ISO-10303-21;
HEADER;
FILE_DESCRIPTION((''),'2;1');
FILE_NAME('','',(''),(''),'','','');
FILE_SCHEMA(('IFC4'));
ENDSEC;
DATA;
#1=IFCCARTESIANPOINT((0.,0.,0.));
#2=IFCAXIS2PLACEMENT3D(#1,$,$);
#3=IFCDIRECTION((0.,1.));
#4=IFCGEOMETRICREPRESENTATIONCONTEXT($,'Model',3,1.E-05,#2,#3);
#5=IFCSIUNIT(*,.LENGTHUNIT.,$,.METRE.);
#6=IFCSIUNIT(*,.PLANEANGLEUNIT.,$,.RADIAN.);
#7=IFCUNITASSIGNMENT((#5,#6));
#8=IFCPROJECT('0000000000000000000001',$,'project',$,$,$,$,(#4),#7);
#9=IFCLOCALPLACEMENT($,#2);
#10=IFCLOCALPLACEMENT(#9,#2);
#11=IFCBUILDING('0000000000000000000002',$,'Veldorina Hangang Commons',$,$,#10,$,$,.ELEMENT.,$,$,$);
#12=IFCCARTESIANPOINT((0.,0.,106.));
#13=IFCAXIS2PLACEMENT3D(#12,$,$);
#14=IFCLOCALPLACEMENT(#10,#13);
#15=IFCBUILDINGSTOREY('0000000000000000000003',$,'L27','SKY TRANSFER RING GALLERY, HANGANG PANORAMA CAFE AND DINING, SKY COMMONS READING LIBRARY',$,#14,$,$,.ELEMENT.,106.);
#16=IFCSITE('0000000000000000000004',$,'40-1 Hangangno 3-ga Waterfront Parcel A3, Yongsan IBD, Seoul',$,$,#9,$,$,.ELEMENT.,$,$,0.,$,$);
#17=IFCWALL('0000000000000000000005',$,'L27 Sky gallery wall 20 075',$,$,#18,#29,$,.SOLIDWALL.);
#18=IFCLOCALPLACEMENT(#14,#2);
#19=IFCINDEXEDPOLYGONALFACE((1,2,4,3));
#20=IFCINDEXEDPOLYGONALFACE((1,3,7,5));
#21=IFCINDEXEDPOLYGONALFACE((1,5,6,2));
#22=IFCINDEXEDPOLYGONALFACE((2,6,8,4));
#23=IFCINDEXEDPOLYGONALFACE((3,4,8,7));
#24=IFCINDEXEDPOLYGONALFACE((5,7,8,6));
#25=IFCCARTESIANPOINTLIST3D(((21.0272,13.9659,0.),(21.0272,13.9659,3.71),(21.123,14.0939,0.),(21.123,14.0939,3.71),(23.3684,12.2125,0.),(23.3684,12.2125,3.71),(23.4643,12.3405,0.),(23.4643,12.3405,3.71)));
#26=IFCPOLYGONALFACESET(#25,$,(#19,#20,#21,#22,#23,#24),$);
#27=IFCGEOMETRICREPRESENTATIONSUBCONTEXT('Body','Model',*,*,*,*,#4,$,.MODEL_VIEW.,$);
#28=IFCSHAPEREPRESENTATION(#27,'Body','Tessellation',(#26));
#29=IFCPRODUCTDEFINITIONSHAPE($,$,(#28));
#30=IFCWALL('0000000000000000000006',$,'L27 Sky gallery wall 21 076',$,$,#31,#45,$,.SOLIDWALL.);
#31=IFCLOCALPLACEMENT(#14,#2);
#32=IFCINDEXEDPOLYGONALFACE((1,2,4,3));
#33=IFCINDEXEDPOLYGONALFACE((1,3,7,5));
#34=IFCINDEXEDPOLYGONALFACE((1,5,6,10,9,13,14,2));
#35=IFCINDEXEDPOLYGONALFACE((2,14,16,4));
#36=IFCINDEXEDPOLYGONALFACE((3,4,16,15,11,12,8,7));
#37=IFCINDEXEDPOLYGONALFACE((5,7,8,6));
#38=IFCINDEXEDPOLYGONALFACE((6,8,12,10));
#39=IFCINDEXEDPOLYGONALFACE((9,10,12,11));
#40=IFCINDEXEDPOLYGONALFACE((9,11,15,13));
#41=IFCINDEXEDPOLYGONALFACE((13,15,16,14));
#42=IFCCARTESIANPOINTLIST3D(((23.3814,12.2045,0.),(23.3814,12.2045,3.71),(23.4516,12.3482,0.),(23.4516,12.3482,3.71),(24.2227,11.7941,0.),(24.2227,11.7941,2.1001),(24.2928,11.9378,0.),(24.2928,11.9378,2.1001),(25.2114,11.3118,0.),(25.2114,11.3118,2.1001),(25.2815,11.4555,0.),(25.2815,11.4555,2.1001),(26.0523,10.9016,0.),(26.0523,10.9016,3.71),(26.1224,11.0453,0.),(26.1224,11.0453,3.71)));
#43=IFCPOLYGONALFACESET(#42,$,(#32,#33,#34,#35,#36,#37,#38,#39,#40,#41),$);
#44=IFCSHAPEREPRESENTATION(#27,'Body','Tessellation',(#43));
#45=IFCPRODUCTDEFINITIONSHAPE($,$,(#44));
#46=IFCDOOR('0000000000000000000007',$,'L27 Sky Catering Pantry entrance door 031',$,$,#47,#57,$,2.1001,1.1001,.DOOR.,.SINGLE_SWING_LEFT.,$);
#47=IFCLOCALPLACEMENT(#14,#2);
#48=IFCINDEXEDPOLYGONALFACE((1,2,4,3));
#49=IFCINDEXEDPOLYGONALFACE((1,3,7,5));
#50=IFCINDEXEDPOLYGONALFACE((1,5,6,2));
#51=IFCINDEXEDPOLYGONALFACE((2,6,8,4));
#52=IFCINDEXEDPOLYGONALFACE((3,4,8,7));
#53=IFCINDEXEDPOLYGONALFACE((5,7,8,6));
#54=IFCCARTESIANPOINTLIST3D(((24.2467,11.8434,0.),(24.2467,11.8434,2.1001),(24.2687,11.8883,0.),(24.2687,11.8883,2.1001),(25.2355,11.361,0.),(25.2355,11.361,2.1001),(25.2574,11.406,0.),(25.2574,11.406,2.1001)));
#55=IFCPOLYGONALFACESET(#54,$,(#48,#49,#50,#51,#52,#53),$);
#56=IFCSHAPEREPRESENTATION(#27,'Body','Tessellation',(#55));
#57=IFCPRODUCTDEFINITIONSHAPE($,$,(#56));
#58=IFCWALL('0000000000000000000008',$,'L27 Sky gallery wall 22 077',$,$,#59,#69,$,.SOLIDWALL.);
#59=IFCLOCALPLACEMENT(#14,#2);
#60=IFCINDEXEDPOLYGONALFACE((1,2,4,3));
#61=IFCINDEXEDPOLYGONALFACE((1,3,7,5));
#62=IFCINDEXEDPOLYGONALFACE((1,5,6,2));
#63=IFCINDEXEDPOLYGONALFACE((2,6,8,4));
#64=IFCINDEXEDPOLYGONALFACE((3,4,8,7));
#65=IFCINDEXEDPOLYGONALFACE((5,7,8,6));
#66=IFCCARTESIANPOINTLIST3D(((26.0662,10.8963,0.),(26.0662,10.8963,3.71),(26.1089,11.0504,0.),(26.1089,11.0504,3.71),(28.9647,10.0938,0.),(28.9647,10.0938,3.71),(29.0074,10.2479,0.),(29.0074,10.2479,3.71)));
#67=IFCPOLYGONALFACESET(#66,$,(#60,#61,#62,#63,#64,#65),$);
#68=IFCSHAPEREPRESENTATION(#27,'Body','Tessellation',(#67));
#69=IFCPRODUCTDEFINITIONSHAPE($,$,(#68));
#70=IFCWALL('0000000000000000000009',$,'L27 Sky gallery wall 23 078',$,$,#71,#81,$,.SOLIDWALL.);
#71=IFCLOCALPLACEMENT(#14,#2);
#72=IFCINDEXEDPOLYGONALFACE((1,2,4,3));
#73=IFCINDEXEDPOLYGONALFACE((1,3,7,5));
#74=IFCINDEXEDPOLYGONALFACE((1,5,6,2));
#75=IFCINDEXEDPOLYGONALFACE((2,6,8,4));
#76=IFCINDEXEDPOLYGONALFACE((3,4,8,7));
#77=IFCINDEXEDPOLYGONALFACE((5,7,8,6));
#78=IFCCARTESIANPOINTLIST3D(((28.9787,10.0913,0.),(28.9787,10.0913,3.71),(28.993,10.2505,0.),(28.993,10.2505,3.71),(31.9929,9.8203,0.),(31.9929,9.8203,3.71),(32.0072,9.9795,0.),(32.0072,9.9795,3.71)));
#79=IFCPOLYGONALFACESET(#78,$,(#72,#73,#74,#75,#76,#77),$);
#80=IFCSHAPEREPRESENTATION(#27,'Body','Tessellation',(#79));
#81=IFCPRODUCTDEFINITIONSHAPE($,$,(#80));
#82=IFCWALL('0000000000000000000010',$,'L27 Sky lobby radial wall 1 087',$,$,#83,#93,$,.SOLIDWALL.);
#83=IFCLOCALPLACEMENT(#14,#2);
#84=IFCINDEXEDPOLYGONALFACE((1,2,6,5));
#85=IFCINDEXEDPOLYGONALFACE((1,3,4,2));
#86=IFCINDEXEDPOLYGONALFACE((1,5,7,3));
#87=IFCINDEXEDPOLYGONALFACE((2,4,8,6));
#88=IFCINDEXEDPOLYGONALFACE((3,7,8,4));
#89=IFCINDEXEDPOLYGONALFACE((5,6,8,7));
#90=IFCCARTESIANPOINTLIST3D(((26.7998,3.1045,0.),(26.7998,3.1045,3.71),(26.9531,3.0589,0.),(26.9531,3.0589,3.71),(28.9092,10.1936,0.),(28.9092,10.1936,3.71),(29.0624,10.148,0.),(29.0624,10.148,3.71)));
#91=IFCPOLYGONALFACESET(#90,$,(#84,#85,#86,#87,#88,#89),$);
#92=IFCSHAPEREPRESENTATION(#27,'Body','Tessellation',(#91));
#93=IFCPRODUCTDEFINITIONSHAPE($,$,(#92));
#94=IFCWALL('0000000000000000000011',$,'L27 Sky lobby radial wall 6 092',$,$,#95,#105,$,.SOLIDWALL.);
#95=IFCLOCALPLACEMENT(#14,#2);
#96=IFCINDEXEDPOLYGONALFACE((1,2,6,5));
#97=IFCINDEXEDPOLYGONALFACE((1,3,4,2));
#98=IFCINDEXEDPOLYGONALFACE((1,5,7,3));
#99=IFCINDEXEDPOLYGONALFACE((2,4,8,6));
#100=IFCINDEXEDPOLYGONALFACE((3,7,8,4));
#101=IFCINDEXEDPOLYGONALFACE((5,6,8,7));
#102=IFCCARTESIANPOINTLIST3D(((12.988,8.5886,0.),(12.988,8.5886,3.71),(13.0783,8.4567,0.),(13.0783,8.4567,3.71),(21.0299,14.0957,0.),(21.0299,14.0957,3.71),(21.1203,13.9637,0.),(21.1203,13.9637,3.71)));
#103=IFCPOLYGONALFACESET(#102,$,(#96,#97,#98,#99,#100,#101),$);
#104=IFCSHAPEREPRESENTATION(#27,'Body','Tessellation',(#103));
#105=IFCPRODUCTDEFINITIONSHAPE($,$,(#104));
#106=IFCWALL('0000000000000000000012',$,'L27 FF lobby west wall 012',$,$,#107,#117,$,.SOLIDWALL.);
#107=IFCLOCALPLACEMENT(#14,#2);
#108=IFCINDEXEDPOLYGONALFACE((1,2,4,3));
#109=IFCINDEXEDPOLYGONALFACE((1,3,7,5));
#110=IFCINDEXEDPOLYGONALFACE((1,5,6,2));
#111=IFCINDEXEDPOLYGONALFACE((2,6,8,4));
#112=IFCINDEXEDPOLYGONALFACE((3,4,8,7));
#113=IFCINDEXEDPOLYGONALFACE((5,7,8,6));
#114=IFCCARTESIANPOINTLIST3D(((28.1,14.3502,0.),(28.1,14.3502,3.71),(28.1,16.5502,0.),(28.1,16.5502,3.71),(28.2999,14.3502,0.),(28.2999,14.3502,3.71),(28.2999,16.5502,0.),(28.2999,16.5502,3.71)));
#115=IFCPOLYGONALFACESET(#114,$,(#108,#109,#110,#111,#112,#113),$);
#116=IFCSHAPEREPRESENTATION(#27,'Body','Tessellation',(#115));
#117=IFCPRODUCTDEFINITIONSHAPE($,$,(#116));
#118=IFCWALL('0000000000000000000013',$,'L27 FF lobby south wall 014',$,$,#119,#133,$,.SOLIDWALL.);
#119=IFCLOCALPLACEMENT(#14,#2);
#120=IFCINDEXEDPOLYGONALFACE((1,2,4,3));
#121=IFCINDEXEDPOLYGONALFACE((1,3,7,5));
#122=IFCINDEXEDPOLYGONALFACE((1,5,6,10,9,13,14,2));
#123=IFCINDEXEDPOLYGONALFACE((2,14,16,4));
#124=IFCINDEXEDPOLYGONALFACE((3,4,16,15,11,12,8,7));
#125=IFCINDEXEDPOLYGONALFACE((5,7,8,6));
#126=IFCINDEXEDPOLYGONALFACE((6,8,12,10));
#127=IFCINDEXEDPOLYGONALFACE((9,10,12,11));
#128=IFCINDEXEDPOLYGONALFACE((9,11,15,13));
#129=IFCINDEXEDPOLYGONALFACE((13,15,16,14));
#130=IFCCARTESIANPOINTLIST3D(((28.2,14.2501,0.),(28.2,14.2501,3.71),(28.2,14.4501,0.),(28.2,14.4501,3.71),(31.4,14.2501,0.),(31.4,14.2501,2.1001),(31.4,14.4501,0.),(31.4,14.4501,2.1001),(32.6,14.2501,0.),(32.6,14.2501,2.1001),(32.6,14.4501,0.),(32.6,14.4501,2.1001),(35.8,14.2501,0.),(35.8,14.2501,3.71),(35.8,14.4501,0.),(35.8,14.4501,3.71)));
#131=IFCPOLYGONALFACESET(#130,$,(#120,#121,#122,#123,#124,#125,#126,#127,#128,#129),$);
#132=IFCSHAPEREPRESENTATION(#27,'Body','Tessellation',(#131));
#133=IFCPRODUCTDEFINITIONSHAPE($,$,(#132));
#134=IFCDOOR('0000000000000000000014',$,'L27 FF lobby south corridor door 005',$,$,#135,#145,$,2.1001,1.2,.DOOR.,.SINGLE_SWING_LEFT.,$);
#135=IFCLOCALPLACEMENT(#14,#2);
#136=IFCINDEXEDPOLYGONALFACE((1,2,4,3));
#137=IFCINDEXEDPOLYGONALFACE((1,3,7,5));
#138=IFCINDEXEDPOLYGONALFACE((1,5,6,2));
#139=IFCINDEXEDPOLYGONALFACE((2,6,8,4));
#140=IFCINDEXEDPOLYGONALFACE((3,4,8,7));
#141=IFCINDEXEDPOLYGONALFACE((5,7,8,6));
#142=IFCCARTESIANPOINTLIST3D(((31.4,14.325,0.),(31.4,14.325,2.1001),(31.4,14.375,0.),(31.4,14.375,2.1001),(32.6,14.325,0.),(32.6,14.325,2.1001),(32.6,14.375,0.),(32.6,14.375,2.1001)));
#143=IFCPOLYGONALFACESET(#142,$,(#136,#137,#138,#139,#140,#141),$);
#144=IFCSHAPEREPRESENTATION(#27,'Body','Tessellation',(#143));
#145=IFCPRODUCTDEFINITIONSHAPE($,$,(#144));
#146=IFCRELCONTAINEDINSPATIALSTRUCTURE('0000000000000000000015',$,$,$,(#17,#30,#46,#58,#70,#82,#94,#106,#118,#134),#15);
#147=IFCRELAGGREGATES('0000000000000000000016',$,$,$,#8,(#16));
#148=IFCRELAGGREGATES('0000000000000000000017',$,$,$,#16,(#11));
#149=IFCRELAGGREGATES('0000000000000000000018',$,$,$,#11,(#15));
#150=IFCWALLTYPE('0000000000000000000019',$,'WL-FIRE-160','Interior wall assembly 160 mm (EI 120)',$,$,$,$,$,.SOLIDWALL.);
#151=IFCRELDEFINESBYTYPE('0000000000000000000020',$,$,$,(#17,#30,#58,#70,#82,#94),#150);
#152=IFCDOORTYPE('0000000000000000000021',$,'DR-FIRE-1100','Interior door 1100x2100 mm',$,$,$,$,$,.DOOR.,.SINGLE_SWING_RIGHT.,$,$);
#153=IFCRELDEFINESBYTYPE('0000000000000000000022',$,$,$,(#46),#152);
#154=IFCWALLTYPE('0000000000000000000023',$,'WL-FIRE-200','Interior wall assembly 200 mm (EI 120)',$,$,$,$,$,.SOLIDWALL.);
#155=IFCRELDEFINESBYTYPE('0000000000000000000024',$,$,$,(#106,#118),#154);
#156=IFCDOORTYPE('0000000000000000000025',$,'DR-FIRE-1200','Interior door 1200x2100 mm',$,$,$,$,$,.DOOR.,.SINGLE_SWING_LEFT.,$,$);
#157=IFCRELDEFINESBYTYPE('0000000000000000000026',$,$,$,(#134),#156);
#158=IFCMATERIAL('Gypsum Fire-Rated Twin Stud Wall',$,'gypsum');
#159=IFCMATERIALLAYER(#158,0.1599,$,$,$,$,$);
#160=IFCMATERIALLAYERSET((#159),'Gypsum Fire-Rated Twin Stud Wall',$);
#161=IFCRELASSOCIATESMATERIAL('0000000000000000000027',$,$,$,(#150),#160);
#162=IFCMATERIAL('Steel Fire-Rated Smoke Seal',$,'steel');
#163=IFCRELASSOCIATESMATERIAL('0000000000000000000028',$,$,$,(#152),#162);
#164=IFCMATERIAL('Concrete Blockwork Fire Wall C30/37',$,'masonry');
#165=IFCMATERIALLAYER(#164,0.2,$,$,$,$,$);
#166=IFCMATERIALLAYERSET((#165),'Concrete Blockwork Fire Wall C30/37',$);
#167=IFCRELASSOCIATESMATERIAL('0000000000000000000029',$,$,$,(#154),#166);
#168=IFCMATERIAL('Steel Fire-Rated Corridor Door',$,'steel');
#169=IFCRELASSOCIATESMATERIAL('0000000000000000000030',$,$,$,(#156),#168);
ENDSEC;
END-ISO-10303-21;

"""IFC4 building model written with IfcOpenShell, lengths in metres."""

from ifc_helpers import new_model, si_unit, direction, frame, frame_2d, origin, place, context, subcontext, project, spatial, rectangle, extrude, material, layer, layer_set, type_object, element, fill, save


model = new_model("IFC4")

# Units and contexts
model_context = context("Model", 3, precision=1e-05, world=origin(), true_north=direction((0.0, 1.0)))
body_context = subcontext(model_context, "Body", "Model", "MODEL_VIEW")
ifc_project = project(units=[si_unit("LENGTHUNIT", "METRE"), si_unit("PLANEANGLEUNIT", "RADIAN")], contexts=[model_context])

# Site, building, storey
site_placement = place(None, origin())
site = spatial("IfcSite", under=ifc_project, at=site_placement, Name="40-1 Hangangno 3-ga Waterfront Parcel A3, Yongsan IBD, Seoul", CompositionType="ELEMENT", RefElevation=0.0)
building_placement = place(site_placement, origin())
building = spatial("IfcBuilding", under=site, at=building_placement, Name="Veldorina Hangang Commons", CompositionType="ELEMENT")
storey_placement = place(building_placement, frame((0.0, 0.0, 106.0)))
storey = spatial("IfcBuildingStorey", under=building, at=storey_placement, Name="L27", Description="SKY TRANSFER RING GALLERY, HANGANG PANORAMA CAFE AND DINING, SKY COMMONS READING LIBRARY", CompositionType="ELEMENT", Elevation=106.0)

# Wall
ifc_material_1 = material(Name="Gypsum Fire-Rated Twin Stud Wall", Category="gypsum")
ifc_layer_1 = layer(ifc_material_1, 0.1599)
ifc_layer_set_1 = layer_set([ifc_layer_1], Name="Gypsum Fire-Rated Twin Stud Wall")
wall_type_1 = type_object("IfcWallType", Name="WL-FIRE-160", Description="Interior wall assembly 160 mm (EI 120)", PredefinedType="SOLIDWALL", material=ifc_layer_set_1)
wall_1_placement = place(storey_placement, frame((21.0752, 14.0298, 0.0), z_axis=(0.0, 0.0, 1.0), x_axis=(0.80042, -0.599439, 0.0)))
element("IfcWall", 1, at=wall_1_placement, inside=storey, type_object=wall_type_1, Name="L27 Sky gallery wall 20 075", PredefinedType="SOLIDWALL", context=body_context, shape_type="SweptSolid", body=[
    extrude(rectangle(XDim=2.925, YDim=0.1599, at=frame_2d((1.4624, 0.0))), origin(), (0.0, 0.0, 1.0), 3.71),
])

# Wall, opening, door
wall_2_placement = place(storey_placement, frame((23.4165, 12.2764, 0.0), z_axis=(0.0, 0.0, 1.0), x_axis=(0.898755, -0.438451, 0.0)))
wall_2 = element("IfcWall", 2, at=wall_2_placement, inside=storey, type_object=wall_type_1, Name="L27 Sky gallery wall 21 076", PredefinedType="SOLIDWALL", context=body_context, shape_type="SweptSolid", body=[
    extrude(rectangle(XDim=2.9717, YDim=0.1599, at=frame_2d((1.4858, 0.0))), origin(), (0.0, 0.0, 1.0), 3.71),
])
opening_1_placement = place(wall_2_placement, frame((0.936, 0.0, 0.0)))
opening_1 = element("IfcOpeningElement", 3, at=opening_1_placement, cuts=wall_2, PredefinedType="OPENING", context=body_context, shape_type="SweptSolid", body=[
    extrude(rectangle(XDim=1.1001, YDim=2.1001, at=frame_2d((0.55, 1.05))), frame((0.0, 0.0898, 0.0), z_axis=(0.0, -1.0, 0.0), x_axis=(1.0, 0.0, 0.0)), (0.0, 0.0, 1.0), 0.1799),
])
ifc_material_2 = material(Name="Steel Fire-Rated Smoke Seal", Category="steel")
door_type_1 = type_object("IfcDoorType", Name="DR-FIRE-1100", Description="Interior door 1100x2100 mm", OperationType="SINGLE_SWING_RIGHT", PredefinedType="DOOR", material=ifc_material_2)
door_1_placement = place(opening_1_placement, origin())
door_1 = element("IfcDoor", 4, at=door_1_placement, inside=storey, type_object=door_type_1, Name="L27 Sky Catering Pantry entrance door 031", OperationType="SINGLE_SWING_LEFT", OverallHeight=2.1001, OverallWidth=1.1001, PredefinedType="DOOR", context=body_context, shape_type="SweptSolid", body=[
    extrude(rectangle(XDim=1.1001, YDim=2.1001, at=frame_2d((0.55, 1.05))), frame((0.0, 0.0249, 0.0), z_axis=(0.0, -1.0, 0.0), x_axis=(1.0, 0.0, 0.0)), (0.0, 0.0, 1.0), 0.05),
])
fill(opening_1, door_1)

# Walls
wall_3_placement = place(storey_placement, frame((26.0874, 10.9734, 0.0), z_axis=(0.0, 0.0, 1.0), x_axis=(0.963743, -0.266832, 0.0)))
element("IfcWall", 5, at=wall_3_placement, inside=storey, type_object=wall_type_1, Name="L27 Sky gallery wall 22 077", PredefinedType="SOLIDWALL", context=body_context, shape_type="SweptSolid", body=[
    extrude(rectangle(XDim=3.0076, YDim=0.1599, at=frame_2d((1.5039, 0.0))), origin(), (0.0, 0.0, 1.0), 3.71),
])
wall_4_placement = place(storey_placement, frame((28.9858, 10.1709, 0.0), z_axis=(0.0, 0.0, 1.0), x_axis=(0.995983, -0.089546, 0.0)))
element("IfcWall", 6, at=wall_4_placement, inside=storey, type_object=wall_type_1, Name="L27 Sky gallery wall 23 078", PredefinedType="SOLIDWALL", context=body_context, shape_type="SweptSolid", body=[
    extrude(rectangle(XDim=3.0264, YDim=0.1599, at=frame_2d((1.5132, 0.0))), origin(), (0.0, 0.0, 1.0), 3.71),
])
wall_5_placement = place(storey_placement, frame((28.9858, 10.1709, 0.0), z_axis=(0.0, 0.0, 1.0), x_axis=(-0.285194, -0.95847, 0.0)))
element("IfcWall", 7, at=wall_5_placement, inside=storey, type_object=wall_type_1, Name="L27 Sky lobby radial wall 1 087", PredefinedType="SOLIDWALL", context=body_context, shape_type="SweptSolid", body=[
    extrude(rectangle(XDim=7.3962, YDim=0.1599, at=frame_2d((3.6982, 0.0))), origin(), (0.0, 0.0, 1.0), 3.71),
])
wall_6_placement = place(storey_placement, frame((21.0752, 14.0298, 0.0), z_axis=(0.0, 0.0, 1.0), x_axis=(-0.825084, -0.56501, 0.0)))
element("IfcWall", 8, at=wall_6_placement, inside=storey, type_object=wall_type_1, Name="L27 Sky lobby radial wall 6 092", PredefinedType="SOLIDWALL", context=body_context, shape_type="SweptSolid", body=[
    extrude(rectangle(XDim=9.7468, YDim=0.1599, at=frame_2d((4.8735, 0.0))), origin(), (0.0, 0.0, 1.0), 3.71),
])
ifc_material_3 = material(Name="Concrete Blockwork Fire Wall C30/37", Category="masonry")
ifc_layer_2 = layer(ifc_material_3, 0.2)
ifc_layer_set_2 = layer_set([ifc_layer_2], Name="Concrete Blockwork Fire Wall C30/37")
wall_type_2 = type_object("IfcWallType", Name="WL-FIRE-200", Description="Interior wall assembly 200 mm (EI 120)", PredefinedType="SOLIDWALL", material=ifc_layer_set_2)
wall_7_placement = place(storey_placement, frame((28.2, 14.3501, 0.0), z_axis=(0.0, 0.0, 1.0), x_axis=(0.0, 1.0, 0.0)))
element("IfcWall", 9, at=wall_7_placement, inside=storey, type_object=wall_type_2, Name="L27 FF lobby west wall 012", PredefinedType="SOLIDWALL", context=body_context, shape_type="SweptSolid", body=[
    extrude(rectangle(XDim=2.2, YDim=0.2, at=frame_2d((1.1001, 0.0))), origin(), (0.0, 0.0, 1.0), 3.71),
])

# Wall, opening, door
wall_8_placement = place(storey_placement, frame((28.2, 14.3501, 0.0), z_axis=(0.0, 0.0, 1.0), x_axis=(1.0, 0.0, 0.0)))
wall_8 = element("IfcWall", 10, at=wall_8_placement, inside=storey, type_object=wall_type_2, Name="L27 FF lobby south wall 014", PredefinedType="SOLIDWALL", context=body_context, shape_type="SweptSolid", body=[
    extrude(rectangle(XDim=7.6001, YDim=0.2, at=frame_2d((3.8, 0.0))), origin(), (0.0, 0.0, 1.0), 3.71),
])
opening_2_placement = place(wall_8_placement, frame((3.2, 0.0, 0.0)))
opening_2 = element("IfcOpeningElement", 11, at=opening_2_placement, cuts=wall_8, PredefinedType="OPENING", context=body_context, shape_type="SweptSolid", body=[
    extrude(rectangle(XDim=1.2, YDim=2.1001, at=frame_2d((0.6001, 1.05))), frame((0.0, 0.1099, 0.0), z_axis=(0.0, -1.0, 0.0), x_axis=(1.0, 0.0, 0.0)), (0.0, 0.0, 1.0), 0.22),
])
ifc_material_4 = material(Name="Steel Fire-Rated Corridor Door", Category="steel")
door_type_2 = type_object("IfcDoorType", Name="DR-FIRE-1200", Description="Interior door 1200x2100 mm", OperationType="SINGLE_SWING_LEFT", PredefinedType="DOOR", material=ifc_material_4)
door_2_placement = place(opening_2_placement, origin())
door_2 = element("IfcDoor", 12, at=door_2_placement, inside=storey, type_object=door_type_2, Name="L27 FF lobby south corridor door 005", OperationType="SINGLE_SWING_LEFT", OverallHeight=2.1001, OverallWidth=1.2, PredefinedType="DOOR", context=body_context, shape_type="SweptSolid", body=[
    extrude(rectangle(XDim=1.2, YDim=2.1001, at=frame_2d((0.6001, 1.05))), frame((0.0, 0.0249, 0.0), z_axis=(0.0, -1.0, 0.0), x_axis=(1.0, 0.0, 0.0)), (0.0, 0.0, 1.0), 0.05),
])
fill(opening_2, door_2)

save(model, "model.ifc")
